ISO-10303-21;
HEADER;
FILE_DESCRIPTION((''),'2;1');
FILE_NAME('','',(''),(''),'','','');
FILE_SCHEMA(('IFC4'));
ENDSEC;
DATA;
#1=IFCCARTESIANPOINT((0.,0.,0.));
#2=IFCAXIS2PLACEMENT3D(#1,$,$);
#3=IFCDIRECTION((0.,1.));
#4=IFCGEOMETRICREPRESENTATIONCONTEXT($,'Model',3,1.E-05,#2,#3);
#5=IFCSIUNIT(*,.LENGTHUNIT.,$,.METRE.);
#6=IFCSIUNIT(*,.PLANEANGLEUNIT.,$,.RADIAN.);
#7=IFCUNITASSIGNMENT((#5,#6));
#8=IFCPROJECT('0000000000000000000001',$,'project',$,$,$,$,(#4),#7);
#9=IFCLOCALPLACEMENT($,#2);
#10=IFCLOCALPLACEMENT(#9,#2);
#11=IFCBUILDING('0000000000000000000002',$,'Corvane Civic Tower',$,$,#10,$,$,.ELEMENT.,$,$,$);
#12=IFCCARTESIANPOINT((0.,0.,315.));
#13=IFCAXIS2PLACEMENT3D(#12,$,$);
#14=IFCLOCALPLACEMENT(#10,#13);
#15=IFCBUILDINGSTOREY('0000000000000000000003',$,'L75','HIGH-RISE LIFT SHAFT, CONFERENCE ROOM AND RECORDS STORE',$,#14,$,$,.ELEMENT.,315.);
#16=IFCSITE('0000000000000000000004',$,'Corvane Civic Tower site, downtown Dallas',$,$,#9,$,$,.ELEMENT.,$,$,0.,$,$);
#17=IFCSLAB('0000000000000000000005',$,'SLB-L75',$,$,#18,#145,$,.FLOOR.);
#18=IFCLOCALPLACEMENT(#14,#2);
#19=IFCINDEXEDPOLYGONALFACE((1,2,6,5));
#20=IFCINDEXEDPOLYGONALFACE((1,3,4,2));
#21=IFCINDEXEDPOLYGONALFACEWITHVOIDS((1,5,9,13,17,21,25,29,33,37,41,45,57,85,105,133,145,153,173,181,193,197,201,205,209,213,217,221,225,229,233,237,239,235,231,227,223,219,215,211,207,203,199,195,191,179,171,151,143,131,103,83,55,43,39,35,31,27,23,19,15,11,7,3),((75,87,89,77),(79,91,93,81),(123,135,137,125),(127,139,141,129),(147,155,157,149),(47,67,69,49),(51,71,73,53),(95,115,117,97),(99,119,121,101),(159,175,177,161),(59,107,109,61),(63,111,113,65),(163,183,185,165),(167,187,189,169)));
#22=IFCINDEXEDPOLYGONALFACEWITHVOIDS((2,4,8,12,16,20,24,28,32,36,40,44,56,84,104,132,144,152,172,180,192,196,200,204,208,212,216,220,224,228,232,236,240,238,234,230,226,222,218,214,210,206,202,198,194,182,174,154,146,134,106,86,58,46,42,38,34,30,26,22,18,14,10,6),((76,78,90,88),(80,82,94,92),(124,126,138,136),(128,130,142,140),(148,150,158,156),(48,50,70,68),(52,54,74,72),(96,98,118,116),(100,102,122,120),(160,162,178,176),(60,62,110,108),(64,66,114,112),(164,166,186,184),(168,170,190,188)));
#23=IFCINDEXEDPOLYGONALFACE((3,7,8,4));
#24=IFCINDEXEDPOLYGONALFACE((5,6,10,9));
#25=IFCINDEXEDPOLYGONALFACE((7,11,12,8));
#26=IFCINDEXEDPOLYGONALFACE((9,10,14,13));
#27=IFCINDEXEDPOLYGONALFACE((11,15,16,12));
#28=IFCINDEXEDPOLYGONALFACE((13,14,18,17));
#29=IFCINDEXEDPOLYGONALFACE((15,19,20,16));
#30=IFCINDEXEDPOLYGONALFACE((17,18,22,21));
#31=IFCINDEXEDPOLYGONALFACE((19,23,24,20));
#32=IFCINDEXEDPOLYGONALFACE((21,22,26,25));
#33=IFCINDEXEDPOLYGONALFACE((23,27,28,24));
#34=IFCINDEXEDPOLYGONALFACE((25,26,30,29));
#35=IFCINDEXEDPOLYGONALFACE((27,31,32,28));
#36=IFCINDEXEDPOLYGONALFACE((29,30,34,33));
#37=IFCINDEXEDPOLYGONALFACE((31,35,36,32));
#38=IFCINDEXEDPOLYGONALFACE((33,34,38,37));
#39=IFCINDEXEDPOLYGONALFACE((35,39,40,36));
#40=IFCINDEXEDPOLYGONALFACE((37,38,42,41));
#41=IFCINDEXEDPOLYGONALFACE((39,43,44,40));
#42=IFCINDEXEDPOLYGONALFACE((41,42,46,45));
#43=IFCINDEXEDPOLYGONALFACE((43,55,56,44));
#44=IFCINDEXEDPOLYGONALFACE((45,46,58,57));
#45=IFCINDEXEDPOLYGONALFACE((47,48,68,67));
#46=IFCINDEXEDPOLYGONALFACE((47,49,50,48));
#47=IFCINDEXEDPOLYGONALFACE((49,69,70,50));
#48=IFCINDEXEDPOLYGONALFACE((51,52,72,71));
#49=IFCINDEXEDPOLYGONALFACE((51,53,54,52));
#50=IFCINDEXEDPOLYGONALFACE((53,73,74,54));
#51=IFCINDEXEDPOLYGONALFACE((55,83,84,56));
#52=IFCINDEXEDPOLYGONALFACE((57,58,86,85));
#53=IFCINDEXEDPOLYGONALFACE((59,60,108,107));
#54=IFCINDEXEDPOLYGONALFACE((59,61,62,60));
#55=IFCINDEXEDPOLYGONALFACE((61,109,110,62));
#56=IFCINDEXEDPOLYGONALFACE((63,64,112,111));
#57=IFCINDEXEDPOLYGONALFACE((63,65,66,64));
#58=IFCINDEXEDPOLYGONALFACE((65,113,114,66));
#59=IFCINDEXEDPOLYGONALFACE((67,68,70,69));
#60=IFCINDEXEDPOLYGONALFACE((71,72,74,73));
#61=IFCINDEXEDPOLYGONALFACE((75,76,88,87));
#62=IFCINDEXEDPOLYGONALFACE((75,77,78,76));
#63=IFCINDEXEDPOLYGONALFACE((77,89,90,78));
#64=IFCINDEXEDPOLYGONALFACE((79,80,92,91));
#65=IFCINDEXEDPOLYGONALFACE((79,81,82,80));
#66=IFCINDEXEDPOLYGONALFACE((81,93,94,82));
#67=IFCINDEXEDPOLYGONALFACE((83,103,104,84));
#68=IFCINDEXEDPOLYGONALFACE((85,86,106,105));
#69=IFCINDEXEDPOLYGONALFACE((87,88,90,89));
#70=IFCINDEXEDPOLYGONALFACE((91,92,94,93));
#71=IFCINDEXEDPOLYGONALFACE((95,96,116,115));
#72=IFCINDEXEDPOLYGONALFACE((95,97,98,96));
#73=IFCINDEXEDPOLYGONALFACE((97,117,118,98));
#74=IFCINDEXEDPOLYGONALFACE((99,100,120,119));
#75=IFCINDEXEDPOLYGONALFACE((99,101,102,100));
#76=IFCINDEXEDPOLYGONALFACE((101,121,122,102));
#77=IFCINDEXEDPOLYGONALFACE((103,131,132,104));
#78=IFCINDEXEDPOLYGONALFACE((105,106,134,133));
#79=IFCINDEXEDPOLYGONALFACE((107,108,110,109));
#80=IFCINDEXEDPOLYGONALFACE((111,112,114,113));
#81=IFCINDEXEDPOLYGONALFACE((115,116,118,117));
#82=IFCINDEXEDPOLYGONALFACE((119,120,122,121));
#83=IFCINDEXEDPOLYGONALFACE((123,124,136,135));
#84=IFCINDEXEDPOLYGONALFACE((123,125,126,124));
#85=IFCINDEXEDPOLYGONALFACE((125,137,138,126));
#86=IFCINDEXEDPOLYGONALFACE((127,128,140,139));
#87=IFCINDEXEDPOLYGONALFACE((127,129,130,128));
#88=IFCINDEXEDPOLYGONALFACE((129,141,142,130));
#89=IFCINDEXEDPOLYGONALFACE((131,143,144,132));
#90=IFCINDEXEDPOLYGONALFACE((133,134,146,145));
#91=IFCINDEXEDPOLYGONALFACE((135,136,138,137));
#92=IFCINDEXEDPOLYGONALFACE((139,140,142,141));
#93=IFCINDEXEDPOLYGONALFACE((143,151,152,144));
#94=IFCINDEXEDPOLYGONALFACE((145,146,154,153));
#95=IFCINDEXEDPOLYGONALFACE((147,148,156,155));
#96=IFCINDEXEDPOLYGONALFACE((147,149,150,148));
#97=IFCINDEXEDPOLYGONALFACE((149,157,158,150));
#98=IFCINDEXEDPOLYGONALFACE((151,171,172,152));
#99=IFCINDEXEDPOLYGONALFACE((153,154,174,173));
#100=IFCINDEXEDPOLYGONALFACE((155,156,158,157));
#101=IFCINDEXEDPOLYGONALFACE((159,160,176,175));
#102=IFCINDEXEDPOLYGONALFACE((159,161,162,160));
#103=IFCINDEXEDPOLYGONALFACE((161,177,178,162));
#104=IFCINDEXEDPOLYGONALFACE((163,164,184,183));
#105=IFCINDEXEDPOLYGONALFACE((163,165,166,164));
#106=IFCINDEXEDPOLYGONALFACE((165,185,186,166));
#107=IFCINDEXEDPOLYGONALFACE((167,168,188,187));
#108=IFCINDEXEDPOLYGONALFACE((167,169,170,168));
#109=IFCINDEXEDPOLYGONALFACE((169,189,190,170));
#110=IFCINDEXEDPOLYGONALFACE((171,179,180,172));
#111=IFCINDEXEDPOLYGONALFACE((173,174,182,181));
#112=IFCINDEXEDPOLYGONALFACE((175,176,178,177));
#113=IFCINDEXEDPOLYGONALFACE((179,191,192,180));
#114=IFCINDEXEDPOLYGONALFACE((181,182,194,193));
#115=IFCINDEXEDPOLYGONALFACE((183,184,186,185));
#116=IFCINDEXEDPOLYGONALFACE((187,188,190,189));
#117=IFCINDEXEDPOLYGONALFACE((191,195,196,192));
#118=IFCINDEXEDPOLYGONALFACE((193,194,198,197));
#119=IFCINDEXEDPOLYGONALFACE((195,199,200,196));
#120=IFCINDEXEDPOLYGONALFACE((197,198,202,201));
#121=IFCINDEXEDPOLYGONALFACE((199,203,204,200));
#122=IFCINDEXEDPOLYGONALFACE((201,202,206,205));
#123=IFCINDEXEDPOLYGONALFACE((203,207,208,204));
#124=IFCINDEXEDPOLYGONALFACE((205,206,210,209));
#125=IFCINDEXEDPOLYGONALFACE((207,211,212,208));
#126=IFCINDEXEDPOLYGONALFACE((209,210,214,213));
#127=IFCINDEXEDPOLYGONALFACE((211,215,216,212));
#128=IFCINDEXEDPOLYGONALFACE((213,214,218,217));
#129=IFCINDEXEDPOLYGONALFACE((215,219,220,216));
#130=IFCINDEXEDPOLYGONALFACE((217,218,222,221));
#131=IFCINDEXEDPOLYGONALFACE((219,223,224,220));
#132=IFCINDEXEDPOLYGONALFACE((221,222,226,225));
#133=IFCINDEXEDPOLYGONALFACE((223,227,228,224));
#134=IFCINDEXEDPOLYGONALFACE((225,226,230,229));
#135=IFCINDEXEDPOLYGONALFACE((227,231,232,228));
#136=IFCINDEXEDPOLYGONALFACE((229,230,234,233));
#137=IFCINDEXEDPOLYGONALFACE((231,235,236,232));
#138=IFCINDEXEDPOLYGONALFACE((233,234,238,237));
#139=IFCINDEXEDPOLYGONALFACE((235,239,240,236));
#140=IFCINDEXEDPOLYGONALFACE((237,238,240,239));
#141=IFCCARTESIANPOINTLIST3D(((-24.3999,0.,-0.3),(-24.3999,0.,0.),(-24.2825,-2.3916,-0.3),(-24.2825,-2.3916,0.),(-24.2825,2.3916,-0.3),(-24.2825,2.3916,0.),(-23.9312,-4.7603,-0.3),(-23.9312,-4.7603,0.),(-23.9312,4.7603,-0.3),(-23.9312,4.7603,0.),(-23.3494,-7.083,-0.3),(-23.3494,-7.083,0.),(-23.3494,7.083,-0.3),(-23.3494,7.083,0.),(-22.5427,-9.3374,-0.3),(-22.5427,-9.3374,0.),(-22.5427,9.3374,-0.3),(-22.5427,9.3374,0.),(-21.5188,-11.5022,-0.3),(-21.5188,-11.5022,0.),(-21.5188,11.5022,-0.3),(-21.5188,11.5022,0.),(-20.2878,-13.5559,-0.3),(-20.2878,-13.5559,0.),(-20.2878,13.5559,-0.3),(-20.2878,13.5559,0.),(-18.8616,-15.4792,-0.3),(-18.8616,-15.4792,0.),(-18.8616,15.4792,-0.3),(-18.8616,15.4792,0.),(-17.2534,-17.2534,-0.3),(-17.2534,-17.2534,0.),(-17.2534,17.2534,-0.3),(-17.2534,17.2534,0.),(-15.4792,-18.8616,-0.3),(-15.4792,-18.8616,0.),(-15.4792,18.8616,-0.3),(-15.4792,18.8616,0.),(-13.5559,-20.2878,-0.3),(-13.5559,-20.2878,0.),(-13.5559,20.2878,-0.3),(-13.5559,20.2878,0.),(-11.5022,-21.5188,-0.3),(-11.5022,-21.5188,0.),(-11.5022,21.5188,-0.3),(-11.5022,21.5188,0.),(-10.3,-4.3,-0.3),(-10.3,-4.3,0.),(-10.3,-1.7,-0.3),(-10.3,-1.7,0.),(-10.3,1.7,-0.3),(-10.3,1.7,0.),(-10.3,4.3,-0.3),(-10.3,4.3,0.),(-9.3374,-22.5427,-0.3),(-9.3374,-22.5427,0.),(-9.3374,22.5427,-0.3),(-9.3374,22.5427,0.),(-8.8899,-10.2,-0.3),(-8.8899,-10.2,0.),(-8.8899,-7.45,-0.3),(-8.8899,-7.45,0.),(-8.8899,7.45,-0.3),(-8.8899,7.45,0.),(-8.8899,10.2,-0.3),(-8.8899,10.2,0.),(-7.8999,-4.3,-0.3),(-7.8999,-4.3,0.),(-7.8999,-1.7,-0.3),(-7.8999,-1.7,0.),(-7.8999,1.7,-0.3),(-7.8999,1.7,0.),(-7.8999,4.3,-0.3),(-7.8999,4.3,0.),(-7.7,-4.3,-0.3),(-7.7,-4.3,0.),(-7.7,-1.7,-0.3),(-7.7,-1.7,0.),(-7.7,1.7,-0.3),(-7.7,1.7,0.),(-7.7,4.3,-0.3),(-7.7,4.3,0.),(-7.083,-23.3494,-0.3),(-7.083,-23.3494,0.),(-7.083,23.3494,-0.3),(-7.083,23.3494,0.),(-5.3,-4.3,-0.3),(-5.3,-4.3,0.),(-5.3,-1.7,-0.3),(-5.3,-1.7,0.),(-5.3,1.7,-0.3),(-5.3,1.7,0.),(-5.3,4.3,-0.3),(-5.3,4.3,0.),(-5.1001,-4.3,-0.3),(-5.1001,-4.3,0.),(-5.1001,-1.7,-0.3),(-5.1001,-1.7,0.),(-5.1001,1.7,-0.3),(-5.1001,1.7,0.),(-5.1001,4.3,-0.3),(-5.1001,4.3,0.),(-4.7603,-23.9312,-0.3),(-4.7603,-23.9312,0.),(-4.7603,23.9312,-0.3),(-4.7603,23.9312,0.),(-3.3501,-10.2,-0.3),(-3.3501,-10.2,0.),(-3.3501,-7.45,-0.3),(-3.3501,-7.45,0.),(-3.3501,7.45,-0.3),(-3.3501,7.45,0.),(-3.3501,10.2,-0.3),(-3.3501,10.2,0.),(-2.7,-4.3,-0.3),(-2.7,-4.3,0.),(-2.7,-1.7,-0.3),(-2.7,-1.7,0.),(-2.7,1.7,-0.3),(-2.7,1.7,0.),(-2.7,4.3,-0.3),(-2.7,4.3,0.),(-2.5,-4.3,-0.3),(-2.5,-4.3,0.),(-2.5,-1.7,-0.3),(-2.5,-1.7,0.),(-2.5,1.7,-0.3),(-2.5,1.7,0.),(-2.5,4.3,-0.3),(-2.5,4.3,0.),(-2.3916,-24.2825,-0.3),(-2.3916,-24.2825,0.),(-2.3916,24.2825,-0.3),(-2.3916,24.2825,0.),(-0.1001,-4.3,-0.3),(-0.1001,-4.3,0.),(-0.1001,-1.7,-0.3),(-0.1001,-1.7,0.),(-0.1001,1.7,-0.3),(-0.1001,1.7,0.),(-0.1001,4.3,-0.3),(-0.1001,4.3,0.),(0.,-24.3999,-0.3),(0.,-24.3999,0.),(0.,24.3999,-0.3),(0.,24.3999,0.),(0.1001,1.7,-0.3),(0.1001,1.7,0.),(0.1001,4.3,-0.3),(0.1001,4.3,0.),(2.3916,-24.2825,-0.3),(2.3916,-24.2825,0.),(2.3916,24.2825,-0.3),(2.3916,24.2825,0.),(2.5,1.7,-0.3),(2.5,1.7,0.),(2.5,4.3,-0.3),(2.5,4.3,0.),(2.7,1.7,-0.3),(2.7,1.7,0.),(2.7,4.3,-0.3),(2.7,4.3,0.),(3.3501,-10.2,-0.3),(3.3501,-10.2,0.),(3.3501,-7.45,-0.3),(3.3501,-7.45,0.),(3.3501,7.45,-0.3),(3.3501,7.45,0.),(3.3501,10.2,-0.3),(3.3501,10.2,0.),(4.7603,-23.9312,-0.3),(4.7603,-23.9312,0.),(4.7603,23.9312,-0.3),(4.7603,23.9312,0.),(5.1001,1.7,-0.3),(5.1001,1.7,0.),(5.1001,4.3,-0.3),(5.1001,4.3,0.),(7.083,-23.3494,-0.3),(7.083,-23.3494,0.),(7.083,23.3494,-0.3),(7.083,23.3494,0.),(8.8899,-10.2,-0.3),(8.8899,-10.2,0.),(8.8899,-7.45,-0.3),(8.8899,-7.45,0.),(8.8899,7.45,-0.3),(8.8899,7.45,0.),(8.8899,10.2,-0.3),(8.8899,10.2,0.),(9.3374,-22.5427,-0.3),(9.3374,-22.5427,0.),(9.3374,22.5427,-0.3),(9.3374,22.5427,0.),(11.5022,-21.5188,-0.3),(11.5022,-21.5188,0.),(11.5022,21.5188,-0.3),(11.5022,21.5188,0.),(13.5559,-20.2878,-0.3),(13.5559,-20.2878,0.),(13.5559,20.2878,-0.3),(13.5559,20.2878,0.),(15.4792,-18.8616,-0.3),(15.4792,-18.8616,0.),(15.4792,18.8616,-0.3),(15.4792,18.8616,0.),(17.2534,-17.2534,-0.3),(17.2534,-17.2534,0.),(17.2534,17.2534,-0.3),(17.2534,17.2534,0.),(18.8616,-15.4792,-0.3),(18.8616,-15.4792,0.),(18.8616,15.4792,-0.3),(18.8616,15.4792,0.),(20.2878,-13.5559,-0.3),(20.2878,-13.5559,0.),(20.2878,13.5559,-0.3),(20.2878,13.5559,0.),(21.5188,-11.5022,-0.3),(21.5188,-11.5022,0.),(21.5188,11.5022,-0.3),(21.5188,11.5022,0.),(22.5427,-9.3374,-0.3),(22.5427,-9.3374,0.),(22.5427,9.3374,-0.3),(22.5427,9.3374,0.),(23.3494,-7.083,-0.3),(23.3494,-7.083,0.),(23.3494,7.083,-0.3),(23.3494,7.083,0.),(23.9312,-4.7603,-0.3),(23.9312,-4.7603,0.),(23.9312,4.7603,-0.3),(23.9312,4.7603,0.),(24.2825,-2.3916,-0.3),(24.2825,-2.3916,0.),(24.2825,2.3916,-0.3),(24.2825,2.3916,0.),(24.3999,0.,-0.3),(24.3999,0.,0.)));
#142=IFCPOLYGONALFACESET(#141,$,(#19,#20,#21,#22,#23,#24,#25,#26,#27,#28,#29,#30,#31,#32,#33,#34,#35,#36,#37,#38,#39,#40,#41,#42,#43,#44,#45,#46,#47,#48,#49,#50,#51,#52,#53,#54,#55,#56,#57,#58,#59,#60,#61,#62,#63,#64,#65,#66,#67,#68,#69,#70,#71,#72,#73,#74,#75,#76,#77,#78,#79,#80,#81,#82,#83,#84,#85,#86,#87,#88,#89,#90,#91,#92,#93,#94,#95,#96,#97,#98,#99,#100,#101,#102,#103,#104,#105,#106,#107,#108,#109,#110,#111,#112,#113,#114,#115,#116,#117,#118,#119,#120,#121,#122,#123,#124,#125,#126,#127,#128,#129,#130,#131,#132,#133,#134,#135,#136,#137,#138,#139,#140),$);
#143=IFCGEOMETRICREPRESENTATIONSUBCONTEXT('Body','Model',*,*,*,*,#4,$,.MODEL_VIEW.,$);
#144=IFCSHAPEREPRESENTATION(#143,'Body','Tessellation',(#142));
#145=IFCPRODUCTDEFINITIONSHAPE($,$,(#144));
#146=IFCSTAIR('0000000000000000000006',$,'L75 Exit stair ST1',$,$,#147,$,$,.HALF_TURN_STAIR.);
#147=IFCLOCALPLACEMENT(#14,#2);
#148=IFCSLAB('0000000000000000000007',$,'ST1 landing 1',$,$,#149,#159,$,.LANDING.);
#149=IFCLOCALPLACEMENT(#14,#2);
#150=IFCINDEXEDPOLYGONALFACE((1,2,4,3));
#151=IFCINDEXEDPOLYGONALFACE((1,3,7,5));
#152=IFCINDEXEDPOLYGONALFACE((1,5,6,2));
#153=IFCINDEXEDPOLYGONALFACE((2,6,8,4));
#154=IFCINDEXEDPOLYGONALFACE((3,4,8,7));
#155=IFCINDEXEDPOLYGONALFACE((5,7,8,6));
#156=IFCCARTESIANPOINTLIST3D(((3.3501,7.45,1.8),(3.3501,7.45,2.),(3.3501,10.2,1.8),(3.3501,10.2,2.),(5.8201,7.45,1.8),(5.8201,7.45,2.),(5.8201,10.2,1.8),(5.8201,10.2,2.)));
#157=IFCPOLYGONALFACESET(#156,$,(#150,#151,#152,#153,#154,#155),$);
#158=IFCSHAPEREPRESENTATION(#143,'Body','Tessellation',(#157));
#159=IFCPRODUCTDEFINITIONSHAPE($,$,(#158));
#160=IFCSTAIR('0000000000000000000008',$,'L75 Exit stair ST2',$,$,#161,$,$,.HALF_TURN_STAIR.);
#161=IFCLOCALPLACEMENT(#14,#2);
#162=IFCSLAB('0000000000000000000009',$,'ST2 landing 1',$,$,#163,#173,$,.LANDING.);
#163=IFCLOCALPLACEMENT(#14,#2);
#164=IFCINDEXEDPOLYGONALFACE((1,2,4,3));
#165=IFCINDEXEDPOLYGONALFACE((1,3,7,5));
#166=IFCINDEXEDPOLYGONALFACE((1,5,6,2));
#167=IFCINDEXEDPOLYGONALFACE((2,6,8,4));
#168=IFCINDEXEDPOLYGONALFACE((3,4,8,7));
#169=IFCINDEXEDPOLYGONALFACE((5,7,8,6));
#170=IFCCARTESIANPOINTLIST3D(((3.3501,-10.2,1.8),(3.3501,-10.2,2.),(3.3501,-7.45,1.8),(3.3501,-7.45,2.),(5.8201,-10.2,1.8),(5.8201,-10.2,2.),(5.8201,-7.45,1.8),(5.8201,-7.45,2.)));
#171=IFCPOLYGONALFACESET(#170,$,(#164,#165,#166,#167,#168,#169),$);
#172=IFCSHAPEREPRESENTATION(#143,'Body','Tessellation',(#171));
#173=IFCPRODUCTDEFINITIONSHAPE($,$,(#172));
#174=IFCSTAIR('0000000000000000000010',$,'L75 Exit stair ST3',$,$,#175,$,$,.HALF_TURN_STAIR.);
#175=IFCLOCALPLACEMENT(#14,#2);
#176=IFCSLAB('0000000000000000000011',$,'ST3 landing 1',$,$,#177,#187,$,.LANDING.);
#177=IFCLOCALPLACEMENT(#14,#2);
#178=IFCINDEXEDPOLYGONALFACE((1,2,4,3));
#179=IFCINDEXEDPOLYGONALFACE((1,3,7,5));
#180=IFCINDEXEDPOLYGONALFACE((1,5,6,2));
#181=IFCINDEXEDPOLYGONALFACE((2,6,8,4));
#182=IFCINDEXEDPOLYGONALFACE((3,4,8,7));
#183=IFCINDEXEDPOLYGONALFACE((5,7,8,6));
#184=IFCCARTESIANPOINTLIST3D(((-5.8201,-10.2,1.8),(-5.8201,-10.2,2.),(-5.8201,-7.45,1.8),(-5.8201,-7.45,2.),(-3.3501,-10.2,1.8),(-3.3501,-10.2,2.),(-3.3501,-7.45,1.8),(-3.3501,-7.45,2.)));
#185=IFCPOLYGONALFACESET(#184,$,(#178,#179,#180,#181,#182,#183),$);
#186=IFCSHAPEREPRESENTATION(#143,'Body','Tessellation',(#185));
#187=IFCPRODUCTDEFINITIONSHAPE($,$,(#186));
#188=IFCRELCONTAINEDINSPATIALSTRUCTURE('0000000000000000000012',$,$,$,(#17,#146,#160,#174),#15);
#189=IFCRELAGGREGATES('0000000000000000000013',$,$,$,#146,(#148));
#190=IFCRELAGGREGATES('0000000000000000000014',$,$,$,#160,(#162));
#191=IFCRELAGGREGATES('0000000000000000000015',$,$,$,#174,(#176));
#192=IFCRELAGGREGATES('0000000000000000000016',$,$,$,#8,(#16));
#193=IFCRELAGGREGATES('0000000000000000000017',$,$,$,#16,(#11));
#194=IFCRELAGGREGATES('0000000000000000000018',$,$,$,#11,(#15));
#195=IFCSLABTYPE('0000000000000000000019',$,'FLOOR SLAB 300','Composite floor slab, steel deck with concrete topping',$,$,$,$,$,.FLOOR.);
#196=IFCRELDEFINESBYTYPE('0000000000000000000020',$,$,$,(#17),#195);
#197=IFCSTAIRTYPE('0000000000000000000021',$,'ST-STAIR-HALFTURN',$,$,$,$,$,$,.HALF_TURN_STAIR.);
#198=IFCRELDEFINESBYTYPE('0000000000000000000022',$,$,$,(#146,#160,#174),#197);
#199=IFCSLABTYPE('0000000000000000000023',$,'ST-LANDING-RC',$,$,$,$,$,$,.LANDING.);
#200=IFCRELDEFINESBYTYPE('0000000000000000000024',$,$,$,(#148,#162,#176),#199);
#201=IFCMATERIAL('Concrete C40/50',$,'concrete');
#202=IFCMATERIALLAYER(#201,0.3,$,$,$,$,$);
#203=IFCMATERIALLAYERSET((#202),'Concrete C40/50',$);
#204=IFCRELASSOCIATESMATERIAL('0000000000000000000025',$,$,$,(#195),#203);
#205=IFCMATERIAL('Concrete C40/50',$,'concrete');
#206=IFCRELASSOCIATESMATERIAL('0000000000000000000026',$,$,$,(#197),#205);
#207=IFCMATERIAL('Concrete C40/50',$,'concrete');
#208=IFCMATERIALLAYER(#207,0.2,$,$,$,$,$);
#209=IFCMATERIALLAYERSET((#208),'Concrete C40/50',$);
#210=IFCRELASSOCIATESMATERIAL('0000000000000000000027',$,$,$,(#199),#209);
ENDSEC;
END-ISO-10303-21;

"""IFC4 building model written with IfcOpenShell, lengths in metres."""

from ifc_helpers import new_model, si_unit, direction, frame, origin, place, context, subcontext, project, spatial, polyline, outline, extrude, material, layer, layer_set, type_object, element, aggregate, save


model = new_model("IFC4")

# Units and contexts
model_context = context("Model", 3, precision=1e-05, world=origin(), true_north=direction((0.0, 1.0)))
body_context = subcontext(model_context, "Body", "Model", "MODEL_VIEW")
ifc_project = project(units=[si_unit("LENGTHUNIT", "METRE"), si_unit("PLANEANGLEUNIT", "RADIAN")], contexts=[model_context])

# Site, building, storey
site_placement = place(None, origin())
site = spatial("IfcSite", under=ifc_project, at=site_placement, Name="Corvane Civic Tower site, downtown Dallas", CompositionType="ELEMENT", RefElevation=0.0)
building_placement = place(site_placement, origin())
building = spatial("IfcBuilding", under=site, at=building_placement, Name="Corvane Civic Tower", CompositionType="ELEMENT")
storey_placement = place(building_placement, frame((0.0, 0.0, 315.0)))
storey = spatial("IfcBuildingStorey", under=building, at=storey_placement, Name="L75", Description="HIGH-RISE LIFT SHAFT, CONFERENCE ROOM AND RECORDS STORE", CompositionType="ELEMENT", Elevation=315.0)

# Slab
ifc_material_1 = material(Name="Concrete C40/50", Category="concrete")
ifc_layer_1 = layer(ifc_material_1, 0.3)
ifc_layer_set_1 = layer_set([ifc_layer_1], Name="Concrete C40/50")
slab_type_1 = type_object("IfcSlabType", Name="FLOOR SLAB 300", Description="Composite floor slab, steel deck with concrete topping", PredefinedType="FLOOR", material=ifc_layer_set_1)
slab_1_placement = place(storey_placement, frame((0.0, 0.0, -0.3)))
element("IfcSlab", 1, at=slab_1_placement, inside=storey, type_object=slab_type_1, Name="SLB-L75", PredefinedType="FLOOR", context=body_context, shape_type="SweptSolid", body=[
    extrude(outline(polyline([(0.0, 24.3999), (-2.3916, 24.2825), (-4.7603, 23.9312), (-7.083, 23.3494), (-9.3374, 22.5427), (-11.5022, 21.5188), (-13.5559, 20.2878), (-15.4792, 18.8616), (-17.2534, 17.2534), (-18.8616, 15.4792), (-20.2878, 13.5559), (-21.5188, 11.5022), (-22.5427, 9.3374), (-23.3494, 7.083), (-23.9312, 4.7603), (-24.2825, 2.3916), (-24.3999, 0.0), (-24.2825, -2.3916), (-23.9312, -4.7603), (-23.3494, -7.083), (-22.5427, -9.3374), (-21.5188, -11.5022), (-20.2878, -13.5559), (-18.8616, -15.4792), (-17.2534, -17.2534), (-15.4792, -18.8616), (-13.5559, -20.2878), (-11.5022, -21.5188), (-9.3374, -22.5427), (-7.083, -23.3494), (-4.7603, -23.9312), (-2.3916, -24.2825), (0.0, -24.3999), (2.3916, -24.2825), (4.7603, -23.9312), (7.083, -23.3494), (9.3374, -22.5427), (11.5022, -21.5188), (13.5559, -20.2878), (15.4792, -18.8616), (17.2534, -17.2534), (18.8616, -15.4792), (20.2878, -13.5559), (21.5188, -11.5022), (22.5427, -9.3374), (23.3494, -7.083), (23.9312, -4.7603), (24.2825, -2.3916), (24.3999, 0.0), (24.2825, 2.3916), (23.9312, 4.7603), (23.3494, 7.083), (22.5427, 9.3374), (21.5188, 11.5022), (20.2878, 13.5559), (18.8616, 15.4792), (17.2534, 17.2534), (15.4792, 18.8616), (13.5559, 20.2878), (11.5022, 21.5188), (9.3374, 22.5427), (7.083, 23.3494), (4.7603, 23.9312), (2.3916, 24.2825), (0.0, 24.3999)]), holes=[polyline([(-7.8999, 1.7), (-10.3, 1.7), (-10.3, 4.3), (-7.8999, 4.3), (-7.8999, 1.7)]), polyline([(-5.3, 1.7), (-7.7, 1.7), (-7.7, 4.3), (-5.3, 4.3), (-5.3, 1.7)]), polyline([(-2.7, 4.3), (-2.7, 1.7), (-5.1001, 1.7), (-5.1001, 4.3), (-2.7, 4.3)]), polyline([(-0.1001, 4.3), (-0.1001, 1.7), (-2.5, 1.7), (-2.5, 4.3), (-0.1001, 4.3)]), polyline([(2.5, 4.3), (2.5, 1.7), (0.1001, 1.7), (0.1001, 4.3), (2.5, 4.3)]), polyline([(5.1001, 4.3), (5.1001, 1.7), (2.7, 1.7), (2.7, 4.3), (5.1001, 4.3)]), polyline([(-10.3, -4.3), (-10.3, -1.7), (-7.8999, -1.7), (-7.8999, -4.3), (-10.3, -4.3)]), polyline([(-7.7, -4.3), (-7.7, -1.7), (-5.3, -1.7), (-5.3, -4.3), (-7.7, -4.3)]), polyline([(-2.7, -1.7), (-2.7, -4.3), (-5.1001, -4.3), (-5.1001, -1.7), (-2.7, -1.7)]), polyline([(-2.5, -4.3), (-2.5, -1.7), (-0.1001, -1.7), (-0.1001, -4.3), (-2.5, -4.3)]), polyline([(8.8899, 10.2), (8.8899, 7.45), (3.3501, 7.45), (3.3501, 10.2), (8.8899, 10.2)]), polyline([(-8.8899, 7.45), (-8.8899, 10.2), (-3.3501, 10.2), (-3.3501, 7.45), (-8.8899, 7.45)]), polyline([(8.8899, -7.45), (8.8899, -10.2), (3.3501, -10.2), (3.3501, -7.45), (8.8899, -7.45)]), polyline([(-8.8899, -10.2), (-8.8899, -7.45), (-3.3501, -7.45), (-3.3501, -10.2), (-8.8899, -10.2)])]), origin(), (0.0, 0.0, 1.0), 0.3),
])

# Stairs, slabs
ifc_material_2 = material(Name="Concrete C40/50", Category="concrete")
stair_type = type_object("IfcStairType", Name="ST-STAIR-HALFTURN", PredefinedType="HALF_TURN_STAIR", material=ifc_material_2)
stair_1_placement = place(storey_placement, origin())
stair_1 = element("IfcStair", 2, at=stair_1_placement, inside=storey, type_object=stair_type, Name="L75 Exit stair ST1", PredefinedType="HALF_TURN_STAIR")
ifc_material_3 = material(Name="Concrete C40/50", Category="concrete")
ifc_layer_2 = layer(ifc_material_3, 0.2)
ifc_layer_set_2 = layer_set([ifc_layer_2], Name="Concrete C40/50")
slab_type_2 = type_object("IfcSlabType", Name="ST-LANDING-RC", PredefinedType="LANDING", material=ifc_layer_set_2)
slab_2_placement = place(storey_placement, frame((0.0, 0.0, 1.8)))
slab_2 = element("IfcSlab", 3, at=slab_2_placement, type_object=slab_type_2, Name="ST1 landing 1", PredefinedType="LANDING", context=body_context, shape_type="SweptSolid", body=[
    extrude(outline(polyline([(5.8201, 10.2), (3.3501, 10.2), (3.3501, 7.45), (5.8201, 7.45), (5.8201, 10.2)])), origin(), (0.0, 0.0, 1.0), 0.2),
])
aggregate(stair_1, [slab_2])
stair_2_placement = place(storey_placement, origin())
stair_2 = element("IfcStair", 4, at=stair_2_placement, inside=storey, type_object=stair_type, Name="L75 Exit stair ST2", PredefinedType="HALF_TURN_STAIR")
slab_3_placement = place(storey_placement, frame((0.0, 0.0, 1.8)))
slab_3 = element("IfcSlab", 5, at=slab_3_placement, type_object=slab_type_2, Name="ST2 landing 1", PredefinedType="LANDING", context=body_context, shape_type="SweptSolid", body=[
    extrude(outline(polyline([(5.8201, -7.45), (3.3501, -7.45), (3.3501, -10.2), (5.8201, -10.2), (5.8201, -7.45)])), origin(), (0.0, 0.0, 1.0), 0.2),
])
aggregate(stair_2, [slab_3])
stair_3_placement = place(storey_placement, origin())
stair_3 = element("IfcStair", 6, at=stair_3_placement, inside=storey, type_object=stair_type, Name="L75 Exit stair ST3", PredefinedType="HALF_TURN_STAIR")
slab_4_placement = place(storey_placement, frame((0.0, 0.0, 1.8)))
slab_4 = element("IfcSlab", 7, at=slab_4_placement, type_object=slab_type_2, Name="ST3 landing 1", PredefinedType="LANDING", context=body_context, shape_type="SweptSolid", body=[
    extrude(outline(polyline([(-5.8201, -10.2), (-3.3501, -10.2), (-3.3501, -7.45), (-5.8201, -7.45), (-5.8201, -10.2)])), origin(), (0.0, 0.0, 1.0), 0.2),
])

aggregate(stair_3, [slab_4])

save(model, "model.ifc")
